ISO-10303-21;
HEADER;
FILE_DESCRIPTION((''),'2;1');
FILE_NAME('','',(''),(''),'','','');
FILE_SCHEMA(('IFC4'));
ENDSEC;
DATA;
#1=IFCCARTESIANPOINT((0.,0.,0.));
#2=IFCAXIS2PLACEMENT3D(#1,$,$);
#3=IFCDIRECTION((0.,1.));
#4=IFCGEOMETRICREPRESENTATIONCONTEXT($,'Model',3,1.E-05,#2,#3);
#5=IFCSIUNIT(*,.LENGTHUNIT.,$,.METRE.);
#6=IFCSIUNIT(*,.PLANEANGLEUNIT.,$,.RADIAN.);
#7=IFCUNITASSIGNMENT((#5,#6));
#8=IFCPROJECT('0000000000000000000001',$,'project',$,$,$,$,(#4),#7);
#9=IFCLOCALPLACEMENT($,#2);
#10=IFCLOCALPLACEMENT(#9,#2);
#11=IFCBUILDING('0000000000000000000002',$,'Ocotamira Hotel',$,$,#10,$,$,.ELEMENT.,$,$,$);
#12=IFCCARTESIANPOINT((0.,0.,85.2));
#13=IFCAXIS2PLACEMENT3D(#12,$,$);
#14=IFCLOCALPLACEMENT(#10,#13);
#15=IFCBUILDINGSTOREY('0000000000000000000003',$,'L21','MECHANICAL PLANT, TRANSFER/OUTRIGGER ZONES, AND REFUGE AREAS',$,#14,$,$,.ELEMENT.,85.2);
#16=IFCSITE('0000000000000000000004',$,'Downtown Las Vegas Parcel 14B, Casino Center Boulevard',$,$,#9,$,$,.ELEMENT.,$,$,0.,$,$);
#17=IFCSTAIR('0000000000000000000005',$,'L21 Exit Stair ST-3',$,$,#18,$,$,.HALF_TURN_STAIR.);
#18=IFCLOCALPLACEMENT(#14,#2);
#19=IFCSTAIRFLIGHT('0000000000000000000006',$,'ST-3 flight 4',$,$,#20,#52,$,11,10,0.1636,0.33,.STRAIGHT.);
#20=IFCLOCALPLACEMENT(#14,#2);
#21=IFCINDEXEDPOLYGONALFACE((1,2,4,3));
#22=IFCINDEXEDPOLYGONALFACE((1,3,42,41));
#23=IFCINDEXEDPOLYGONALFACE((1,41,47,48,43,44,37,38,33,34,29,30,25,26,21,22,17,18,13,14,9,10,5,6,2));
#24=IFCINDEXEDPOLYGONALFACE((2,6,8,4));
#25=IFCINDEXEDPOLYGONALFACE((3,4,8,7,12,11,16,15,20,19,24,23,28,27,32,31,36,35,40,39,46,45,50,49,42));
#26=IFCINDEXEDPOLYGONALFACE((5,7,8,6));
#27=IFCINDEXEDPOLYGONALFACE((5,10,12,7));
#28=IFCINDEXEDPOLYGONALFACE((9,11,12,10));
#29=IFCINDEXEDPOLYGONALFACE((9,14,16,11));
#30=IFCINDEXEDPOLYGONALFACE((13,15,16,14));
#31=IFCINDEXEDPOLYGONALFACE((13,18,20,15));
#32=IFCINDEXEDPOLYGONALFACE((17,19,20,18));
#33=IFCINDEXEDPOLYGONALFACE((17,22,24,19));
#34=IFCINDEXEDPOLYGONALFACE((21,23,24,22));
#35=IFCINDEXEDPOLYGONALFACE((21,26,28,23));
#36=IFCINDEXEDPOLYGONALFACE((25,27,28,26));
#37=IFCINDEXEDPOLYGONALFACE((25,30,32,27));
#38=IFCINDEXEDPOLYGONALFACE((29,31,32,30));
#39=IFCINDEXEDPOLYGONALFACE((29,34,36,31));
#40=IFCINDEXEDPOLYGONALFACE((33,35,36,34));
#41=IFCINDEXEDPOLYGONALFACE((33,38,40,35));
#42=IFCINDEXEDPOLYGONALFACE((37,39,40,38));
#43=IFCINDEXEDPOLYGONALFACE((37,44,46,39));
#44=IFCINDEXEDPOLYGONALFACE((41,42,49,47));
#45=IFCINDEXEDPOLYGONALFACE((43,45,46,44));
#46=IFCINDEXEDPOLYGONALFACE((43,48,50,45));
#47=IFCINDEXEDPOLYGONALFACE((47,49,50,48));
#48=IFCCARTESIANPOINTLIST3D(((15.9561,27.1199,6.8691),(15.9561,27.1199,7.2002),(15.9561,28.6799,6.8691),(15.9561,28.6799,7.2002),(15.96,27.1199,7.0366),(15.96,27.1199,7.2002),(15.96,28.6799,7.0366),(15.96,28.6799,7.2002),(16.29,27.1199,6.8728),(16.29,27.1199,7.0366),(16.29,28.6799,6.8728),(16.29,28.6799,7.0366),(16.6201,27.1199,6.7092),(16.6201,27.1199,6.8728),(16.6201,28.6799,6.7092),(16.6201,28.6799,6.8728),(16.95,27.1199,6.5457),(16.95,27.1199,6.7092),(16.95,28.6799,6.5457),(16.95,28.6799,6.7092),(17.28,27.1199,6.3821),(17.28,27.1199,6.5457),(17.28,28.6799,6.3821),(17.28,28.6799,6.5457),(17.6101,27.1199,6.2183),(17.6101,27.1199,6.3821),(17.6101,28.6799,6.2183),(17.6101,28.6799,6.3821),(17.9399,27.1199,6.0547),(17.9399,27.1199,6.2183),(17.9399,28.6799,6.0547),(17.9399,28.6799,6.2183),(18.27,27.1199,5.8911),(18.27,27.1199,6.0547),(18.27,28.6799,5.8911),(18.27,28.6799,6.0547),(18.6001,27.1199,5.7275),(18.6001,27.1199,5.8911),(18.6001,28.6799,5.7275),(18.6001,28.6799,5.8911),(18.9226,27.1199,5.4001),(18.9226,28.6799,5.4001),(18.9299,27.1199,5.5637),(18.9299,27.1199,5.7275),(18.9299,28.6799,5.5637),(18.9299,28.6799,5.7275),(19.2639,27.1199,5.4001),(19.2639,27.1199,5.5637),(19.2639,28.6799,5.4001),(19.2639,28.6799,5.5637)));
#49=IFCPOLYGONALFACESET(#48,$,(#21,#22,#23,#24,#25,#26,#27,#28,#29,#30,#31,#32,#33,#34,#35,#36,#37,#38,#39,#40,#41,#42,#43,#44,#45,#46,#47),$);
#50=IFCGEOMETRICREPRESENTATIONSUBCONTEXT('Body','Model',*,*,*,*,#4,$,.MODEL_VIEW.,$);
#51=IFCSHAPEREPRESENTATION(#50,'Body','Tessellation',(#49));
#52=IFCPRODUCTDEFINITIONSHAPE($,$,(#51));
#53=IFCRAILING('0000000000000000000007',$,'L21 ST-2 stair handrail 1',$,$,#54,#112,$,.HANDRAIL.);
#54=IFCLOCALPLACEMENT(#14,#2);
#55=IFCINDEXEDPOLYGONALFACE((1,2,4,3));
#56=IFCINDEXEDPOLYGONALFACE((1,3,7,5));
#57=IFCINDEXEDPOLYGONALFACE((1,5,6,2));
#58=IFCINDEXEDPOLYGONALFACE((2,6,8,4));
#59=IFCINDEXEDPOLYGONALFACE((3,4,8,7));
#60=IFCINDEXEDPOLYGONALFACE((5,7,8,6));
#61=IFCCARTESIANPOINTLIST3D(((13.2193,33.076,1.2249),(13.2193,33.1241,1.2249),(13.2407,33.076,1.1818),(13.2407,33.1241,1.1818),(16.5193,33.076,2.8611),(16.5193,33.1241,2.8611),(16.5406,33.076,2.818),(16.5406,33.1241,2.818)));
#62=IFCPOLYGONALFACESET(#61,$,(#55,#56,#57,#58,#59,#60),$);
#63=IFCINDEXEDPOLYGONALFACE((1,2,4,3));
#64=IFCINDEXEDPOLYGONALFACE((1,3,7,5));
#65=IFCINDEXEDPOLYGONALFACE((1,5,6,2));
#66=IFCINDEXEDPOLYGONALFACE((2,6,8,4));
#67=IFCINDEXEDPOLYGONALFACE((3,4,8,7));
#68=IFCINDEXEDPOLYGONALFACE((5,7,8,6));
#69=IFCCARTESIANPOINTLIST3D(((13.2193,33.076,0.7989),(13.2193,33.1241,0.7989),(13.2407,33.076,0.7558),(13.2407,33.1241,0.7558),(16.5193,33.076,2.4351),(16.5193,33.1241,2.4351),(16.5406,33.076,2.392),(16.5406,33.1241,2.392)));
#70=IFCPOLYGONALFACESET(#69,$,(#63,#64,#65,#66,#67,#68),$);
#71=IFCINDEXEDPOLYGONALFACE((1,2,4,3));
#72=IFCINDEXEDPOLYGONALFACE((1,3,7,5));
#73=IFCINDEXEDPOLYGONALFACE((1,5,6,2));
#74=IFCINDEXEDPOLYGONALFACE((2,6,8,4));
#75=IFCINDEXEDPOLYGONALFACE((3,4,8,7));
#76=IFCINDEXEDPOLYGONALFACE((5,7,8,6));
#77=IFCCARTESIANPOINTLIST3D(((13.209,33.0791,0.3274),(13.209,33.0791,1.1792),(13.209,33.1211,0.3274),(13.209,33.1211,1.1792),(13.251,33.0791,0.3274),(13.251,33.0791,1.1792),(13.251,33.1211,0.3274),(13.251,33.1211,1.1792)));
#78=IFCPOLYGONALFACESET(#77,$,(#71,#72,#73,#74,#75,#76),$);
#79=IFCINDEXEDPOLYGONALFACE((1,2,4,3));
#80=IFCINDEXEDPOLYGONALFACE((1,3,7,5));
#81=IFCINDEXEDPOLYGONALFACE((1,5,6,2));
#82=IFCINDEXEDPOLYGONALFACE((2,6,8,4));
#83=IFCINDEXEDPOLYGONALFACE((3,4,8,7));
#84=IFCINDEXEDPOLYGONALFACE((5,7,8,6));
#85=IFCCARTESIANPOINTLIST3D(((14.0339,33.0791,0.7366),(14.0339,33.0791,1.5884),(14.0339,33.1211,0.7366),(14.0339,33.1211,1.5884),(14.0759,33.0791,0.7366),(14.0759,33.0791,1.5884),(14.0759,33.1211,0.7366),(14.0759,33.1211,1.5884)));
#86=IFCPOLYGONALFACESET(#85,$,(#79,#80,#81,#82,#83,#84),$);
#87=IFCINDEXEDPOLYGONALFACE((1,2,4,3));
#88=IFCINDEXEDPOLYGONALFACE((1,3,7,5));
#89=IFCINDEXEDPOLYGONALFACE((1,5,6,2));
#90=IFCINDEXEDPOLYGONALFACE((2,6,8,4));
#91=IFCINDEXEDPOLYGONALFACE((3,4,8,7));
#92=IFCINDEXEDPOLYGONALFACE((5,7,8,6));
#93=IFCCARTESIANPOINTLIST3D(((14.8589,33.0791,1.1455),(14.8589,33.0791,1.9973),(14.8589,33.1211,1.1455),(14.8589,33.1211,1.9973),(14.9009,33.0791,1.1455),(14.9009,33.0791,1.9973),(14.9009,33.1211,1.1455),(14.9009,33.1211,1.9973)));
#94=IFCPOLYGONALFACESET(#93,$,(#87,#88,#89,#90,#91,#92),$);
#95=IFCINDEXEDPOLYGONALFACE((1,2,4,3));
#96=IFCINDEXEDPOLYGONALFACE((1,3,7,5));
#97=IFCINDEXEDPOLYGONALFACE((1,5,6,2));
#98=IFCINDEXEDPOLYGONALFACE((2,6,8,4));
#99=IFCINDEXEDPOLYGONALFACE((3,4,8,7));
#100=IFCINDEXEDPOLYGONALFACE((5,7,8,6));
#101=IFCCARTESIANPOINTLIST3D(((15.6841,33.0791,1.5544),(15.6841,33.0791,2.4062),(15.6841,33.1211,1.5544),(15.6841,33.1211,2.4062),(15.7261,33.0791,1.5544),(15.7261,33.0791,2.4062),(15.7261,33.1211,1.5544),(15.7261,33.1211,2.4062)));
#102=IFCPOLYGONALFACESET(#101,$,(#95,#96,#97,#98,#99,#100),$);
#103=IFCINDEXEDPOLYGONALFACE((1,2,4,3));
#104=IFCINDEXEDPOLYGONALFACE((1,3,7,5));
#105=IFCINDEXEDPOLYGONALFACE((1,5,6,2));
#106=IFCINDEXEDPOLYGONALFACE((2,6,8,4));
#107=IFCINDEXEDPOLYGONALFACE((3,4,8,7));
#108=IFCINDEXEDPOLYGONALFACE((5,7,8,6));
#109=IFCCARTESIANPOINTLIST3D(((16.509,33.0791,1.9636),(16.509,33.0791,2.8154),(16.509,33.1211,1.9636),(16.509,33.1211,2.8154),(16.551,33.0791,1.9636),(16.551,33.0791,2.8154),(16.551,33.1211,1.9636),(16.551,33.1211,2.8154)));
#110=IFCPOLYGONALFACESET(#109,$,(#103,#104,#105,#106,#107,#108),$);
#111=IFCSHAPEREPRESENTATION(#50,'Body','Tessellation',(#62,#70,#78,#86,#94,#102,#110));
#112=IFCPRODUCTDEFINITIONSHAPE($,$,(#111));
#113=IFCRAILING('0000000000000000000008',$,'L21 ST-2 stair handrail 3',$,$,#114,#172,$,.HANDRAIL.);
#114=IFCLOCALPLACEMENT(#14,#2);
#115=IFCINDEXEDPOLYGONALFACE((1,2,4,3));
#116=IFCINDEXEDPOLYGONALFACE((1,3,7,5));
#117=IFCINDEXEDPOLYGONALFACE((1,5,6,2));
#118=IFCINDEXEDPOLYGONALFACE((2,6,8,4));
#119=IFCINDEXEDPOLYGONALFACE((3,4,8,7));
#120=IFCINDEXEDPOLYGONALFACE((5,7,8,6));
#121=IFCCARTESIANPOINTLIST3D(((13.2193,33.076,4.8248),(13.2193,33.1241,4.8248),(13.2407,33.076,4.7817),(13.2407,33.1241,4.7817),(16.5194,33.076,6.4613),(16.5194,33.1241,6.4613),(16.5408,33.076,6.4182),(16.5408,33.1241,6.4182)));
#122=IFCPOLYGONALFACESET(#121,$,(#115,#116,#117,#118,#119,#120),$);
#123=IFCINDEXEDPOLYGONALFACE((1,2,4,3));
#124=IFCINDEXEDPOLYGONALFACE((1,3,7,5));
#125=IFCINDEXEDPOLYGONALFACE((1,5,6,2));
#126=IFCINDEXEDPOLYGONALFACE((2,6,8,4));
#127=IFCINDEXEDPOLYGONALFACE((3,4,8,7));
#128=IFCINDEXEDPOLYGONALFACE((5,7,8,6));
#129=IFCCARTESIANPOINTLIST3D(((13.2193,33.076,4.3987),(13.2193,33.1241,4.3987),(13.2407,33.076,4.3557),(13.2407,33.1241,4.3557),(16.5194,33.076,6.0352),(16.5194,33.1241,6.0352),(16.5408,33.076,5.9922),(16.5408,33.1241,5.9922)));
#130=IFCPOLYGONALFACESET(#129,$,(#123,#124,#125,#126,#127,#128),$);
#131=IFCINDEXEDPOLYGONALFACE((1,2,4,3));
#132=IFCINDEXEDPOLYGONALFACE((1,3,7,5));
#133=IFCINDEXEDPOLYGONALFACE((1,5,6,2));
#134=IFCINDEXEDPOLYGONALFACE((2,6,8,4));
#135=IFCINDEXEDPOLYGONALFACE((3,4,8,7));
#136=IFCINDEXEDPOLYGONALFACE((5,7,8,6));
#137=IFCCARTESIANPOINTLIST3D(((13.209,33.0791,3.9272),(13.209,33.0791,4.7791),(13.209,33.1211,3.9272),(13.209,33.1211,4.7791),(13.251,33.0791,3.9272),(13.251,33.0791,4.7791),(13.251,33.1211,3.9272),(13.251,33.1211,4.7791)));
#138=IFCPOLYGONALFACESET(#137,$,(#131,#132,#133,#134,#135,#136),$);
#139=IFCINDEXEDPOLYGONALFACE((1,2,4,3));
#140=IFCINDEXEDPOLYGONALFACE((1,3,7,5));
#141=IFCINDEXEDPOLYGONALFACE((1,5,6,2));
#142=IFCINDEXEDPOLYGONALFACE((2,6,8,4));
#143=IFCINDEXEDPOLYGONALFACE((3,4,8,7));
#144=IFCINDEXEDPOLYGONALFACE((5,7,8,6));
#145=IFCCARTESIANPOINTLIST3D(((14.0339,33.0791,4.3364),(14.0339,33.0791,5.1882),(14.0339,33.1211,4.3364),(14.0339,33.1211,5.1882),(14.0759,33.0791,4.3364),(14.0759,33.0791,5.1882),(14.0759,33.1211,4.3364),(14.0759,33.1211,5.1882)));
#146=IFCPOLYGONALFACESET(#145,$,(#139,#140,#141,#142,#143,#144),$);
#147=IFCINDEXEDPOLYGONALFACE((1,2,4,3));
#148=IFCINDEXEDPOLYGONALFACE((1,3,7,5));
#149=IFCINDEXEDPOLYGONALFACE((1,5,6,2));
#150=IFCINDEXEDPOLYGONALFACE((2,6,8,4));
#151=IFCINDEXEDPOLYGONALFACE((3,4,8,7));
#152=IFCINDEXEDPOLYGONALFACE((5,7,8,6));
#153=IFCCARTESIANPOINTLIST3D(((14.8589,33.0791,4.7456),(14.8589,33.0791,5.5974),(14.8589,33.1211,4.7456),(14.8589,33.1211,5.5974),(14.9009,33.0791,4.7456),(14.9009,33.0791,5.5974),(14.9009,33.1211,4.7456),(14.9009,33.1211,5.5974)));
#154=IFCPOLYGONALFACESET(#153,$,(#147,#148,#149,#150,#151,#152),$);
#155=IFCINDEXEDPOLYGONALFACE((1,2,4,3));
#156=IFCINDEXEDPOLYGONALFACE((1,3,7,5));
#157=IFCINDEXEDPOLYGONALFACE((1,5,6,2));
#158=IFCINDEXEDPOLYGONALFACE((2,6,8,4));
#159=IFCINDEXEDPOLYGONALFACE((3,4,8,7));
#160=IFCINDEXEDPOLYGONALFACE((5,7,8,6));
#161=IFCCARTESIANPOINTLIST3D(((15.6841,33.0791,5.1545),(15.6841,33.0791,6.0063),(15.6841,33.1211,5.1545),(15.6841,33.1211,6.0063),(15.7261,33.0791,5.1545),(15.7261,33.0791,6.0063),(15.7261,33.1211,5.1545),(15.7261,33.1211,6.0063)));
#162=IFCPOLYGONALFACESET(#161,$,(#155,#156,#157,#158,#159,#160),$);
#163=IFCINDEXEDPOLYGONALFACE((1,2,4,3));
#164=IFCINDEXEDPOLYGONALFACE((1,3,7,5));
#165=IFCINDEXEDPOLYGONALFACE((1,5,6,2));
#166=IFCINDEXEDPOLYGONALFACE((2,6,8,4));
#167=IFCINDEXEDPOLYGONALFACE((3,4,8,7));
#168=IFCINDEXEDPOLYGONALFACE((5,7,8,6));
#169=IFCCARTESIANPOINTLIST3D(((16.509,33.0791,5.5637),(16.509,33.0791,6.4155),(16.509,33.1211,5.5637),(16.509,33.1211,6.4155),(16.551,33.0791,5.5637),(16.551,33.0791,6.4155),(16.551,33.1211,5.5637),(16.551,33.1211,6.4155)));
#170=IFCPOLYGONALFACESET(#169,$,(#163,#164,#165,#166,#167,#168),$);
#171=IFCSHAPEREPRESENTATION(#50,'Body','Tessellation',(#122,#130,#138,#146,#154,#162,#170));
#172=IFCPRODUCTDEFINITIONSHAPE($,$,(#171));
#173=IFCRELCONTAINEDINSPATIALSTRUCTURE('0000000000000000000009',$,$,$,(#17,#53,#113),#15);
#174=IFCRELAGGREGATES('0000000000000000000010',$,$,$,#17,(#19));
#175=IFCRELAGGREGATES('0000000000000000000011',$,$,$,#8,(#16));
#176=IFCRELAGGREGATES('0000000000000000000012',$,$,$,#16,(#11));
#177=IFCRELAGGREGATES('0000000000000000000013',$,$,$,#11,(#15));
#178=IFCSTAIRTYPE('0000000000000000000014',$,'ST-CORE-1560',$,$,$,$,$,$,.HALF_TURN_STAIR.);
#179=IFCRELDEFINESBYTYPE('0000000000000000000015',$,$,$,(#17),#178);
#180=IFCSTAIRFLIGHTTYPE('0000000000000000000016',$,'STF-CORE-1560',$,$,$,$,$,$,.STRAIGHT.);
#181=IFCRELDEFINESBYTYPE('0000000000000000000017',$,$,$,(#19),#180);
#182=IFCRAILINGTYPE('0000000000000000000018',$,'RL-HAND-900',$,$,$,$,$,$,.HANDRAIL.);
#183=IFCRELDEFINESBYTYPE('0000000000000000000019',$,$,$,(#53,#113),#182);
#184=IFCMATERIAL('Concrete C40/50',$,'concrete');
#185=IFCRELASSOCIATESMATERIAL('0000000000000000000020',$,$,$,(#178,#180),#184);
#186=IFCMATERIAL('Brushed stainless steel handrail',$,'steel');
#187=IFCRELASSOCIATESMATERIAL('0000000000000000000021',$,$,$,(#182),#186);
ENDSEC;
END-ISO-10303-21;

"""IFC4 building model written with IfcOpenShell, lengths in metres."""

from ifc_helpers import new_model, si_unit, direction, frame, origin, origin_2d, place, context, subcontext, project, spatial, polyline, rectangle, outline, extrude, source, transform, mapped, material, type_object, element, aggregate, save


model = new_model("IFC4")

# Units and contexts
model_context = context("Model", 3, precision=1e-05, world=origin(), true_north=direction((0.0, 1.0)))
body_context = subcontext(model_context, "Body", "Model", "MODEL_VIEW")
ifc_project = project(units=[si_unit("LENGTHUNIT", "METRE"), si_unit("PLANEANGLEUNIT", "RADIAN")], contexts=[model_context])

# Site, building, storey
site_placement = place(None, origin())
site = spatial("IfcSite", under=ifc_project, at=site_placement, Name="Downtown Las Vegas Parcel 14B, Casino Center Boulevard", CompositionType="ELEMENT", RefElevation=0.0)
building_placement = place(site_placement, origin())
building = spatial("IfcBuilding", under=site, at=building_placement, Name="Ocotamira Hotel", CompositionType="ELEMENT")
storey_placement = place(building_placement, frame((0.0, 0.0, 85.2)))
storey = spatial("IfcBuildingStorey", under=building, at=storey_placement, Name="L21", Description="MECHANICAL PLANT, TRANSFER/OUTRIGGER ZONES, AND REFUGE AREAS", CompositionType="ELEMENT", Elevation=85.2)

# Stair, stair flight
ifc_material_1 = material(Name="Concrete C40/50", Category="concrete")
stair_type = type_object("IfcStairType", Name="ST-CORE-1560", PredefinedType="HALF_TURN_STAIR", material=ifc_material_1)
stair_flight_type = type_object("IfcStairFlightType", Name="STF-CORE-1560", PredefinedType="STRAIGHT", material=ifc_material_1)
shared_shape_1 = source(origin(), body_context, "Body", "SweptSolid", [
    extrude(outline(polyline([(-0.0039, 0.0), (-0.0039, 0.1636), (0.3301, 0.1636), (0.3301, 0.3274), (0.6599, 0.3274), (0.6599, 0.491), (0.99, 0.491), (0.99, 0.6545), (1.3201, 0.6545), (1.3201, 0.8181), (1.6499, 0.8181), (1.6499, 0.9819), (1.98, 0.9819), (1.98, 1.1455), (2.3101, 1.1455), (2.3101, 1.3091), (2.6399, 1.3091), (2.6399, 1.4727), (2.97, 1.4727), (2.97, 1.6365), (3.3, 1.6365), (3.3, 1.8), (3.304, 1.8), (3.304, 1.469), (0.3374, 0.0), (-0.0039, 0.0)])), frame((0.0, 0.78, 0.0), z_axis=(0.0, -1.0, 0.0), x_axis=(1.0, 0.0, 0.0)), (0.0, 0.0, 1.0), 1.5601),
])
stair_1_placement = place(storey_placement, origin())
stair_1 = element("IfcStair", 1, at=stair_1_placement, inside=storey, type_object=stair_type, Name="L21 Exit Stair ST-3", PredefinedType="HALF_TURN_STAIR")
stair_flight_1_placement = place(storey_placement, frame((19.26, 27.8999, 5.4001), z_axis=(0.0, 0.0, 1.0), x_axis=(-1.0, 0.0, 0.0)))
stair_flight_1 = element("IfcStairFlight", 2, at=stair_flight_1_placement, type_object=stair_flight_type, Name="ST-3 flight 4", NumberOfRisers=11, NumberOfTreads=10, PredefinedType="STRAIGHT", RiserHeight=0.1636, TreadLength=0.33, context=body_context, shape_type="MappedRepresentation", body=[
    mapped(shared_shape_1, transform((0.0, 0.0, 0.0), scale=1.0)),
])
aggregate(stair_1, [stair_flight_1])

# Railings
ifc_material_2 = material(Name="Brushed stainless steel handrail", Category="steel")
railing_type_1 = type_object("IfcRailingType", Name="RL-HAND-900", PredefinedType="HANDRAIL", material=ifc_material_2)
railing_1_placement = place(storey_placement, frame((13.23, 33.1001, 0.3274)))
element("IfcRailing", 3, at=railing_1_placement, inside=storey, type_object=railing_type_1, Name="L21 ST-2 stair handrail 1", PredefinedType="HANDRAIL", context=body_context, shape_type="SweptSolid", body=[
    extrude(rectangle(XDim=0.0481, YDim=0.0481, at=origin_2d()), frame((0.0, 0.0, 0.876), z_axis=(0.89592, 0.0, 0.444215), x_axis=(0.0, 1.0, 0.0)), (0.0, 0.0, 1.0), 3.6833),
    extrude(rectangle(XDim=0.0481, YDim=0.0481, at=origin_2d()), frame((0.0, 0.0, 0.45), z_axis=(0.89592, 0.0, 0.444215), x_axis=(0.0, 1.0, 0.0)), (0.0, 0.0, 1.0), 3.6833),
    extrude(rectangle(XDim=0.042, YDim=0.042, at=origin_2d()), origin(), (0.0, 0.0, 1.0), 0.8518),
    extrude(rectangle(XDim=0.042, YDim=0.042, at=origin_2d()), frame((0.825, 0.0, 0.4092)), (0.0, 0.0, 1.0), 0.8518),
    extrude(rectangle(XDim=0.042, YDim=0.042, at=origin_2d()), frame((1.6499, 0.0, 0.8181)), (0.0, 0.0, 1.0), 0.8518),
    extrude(rectangle(XDim=0.042, YDim=0.042, at=origin_2d()), frame((2.4751, 0.0, 1.2271)), (0.0, 0.0, 1.0), 0.8518),
    extrude(rectangle(XDim=0.042, YDim=0.042, at=origin_2d()), frame((3.3, 0.0, 1.6362)), (0.0, 0.0, 1.0), 0.8518),
])
railing_2_placement = place(storey_placement, frame((13.23, 33.1001, 3.9272)))
element("IfcRailing", 4, at=railing_2_placement, inside=storey, type_object=railing_type_1, Name="L21 ST-2 stair handrail 3", PredefinedType="HANDRAIL", context=body_context, shape_type="SweptSolid", body=[
    extrude(rectangle(XDim=0.0481, YDim=0.0481, at=origin_2d()), frame((0.0, 0.0, 0.876), z_axis=(0.895894, 0.0, 0.444268), x_axis=(0.0, 1.0, 0.0)), (0.0, 0.0, 1.0), 3.6836),
    extrude(rectangle(XDim=0.0481, YDim=0.0481, at=origin_2d()), frame((0.0, 0.0, 0.45), z_axis=(0.895894, 0.0, 0.444268), x_axis=(0.0, 1.0, 0.0)), (0.0, 0.0, 1.0), 3.6836),
    extrude(rectangle(XDim=0.042, YDim=0.042, at=origin_2d()), origin(), (0.0, 0.0, 1.0), 0.8518),
    extrude(rectangle(XDim=0.042, YDim=0.042, at=origin_2d()), frame((0.825, 0.0, 0.4092)), (0.0, 0.0, 1.0), 0.8518),
    extrude(rectangle(XDim=0.042, YDim=0.042, at=origin_2d()), frame((1.6499, 0.0, 0.8184)), (0.0, 0.0, 1.0), 0.8518),
    extrude(rectangle(XDim=0.042, YDim=0.042, at=origin_2d()), frame((2.4751, 0.0, 1.2273)), (0.0, 0.0, 1.0), 0.8518),
    extrude(rectangle(XDim=0.042, YDim=0.042, at=origin_2d()), frame((3.3, 0.0, 1.6365)), (0.0, 0.0, 1.0), 0.8518),
])

save(model, "model.ifc")
